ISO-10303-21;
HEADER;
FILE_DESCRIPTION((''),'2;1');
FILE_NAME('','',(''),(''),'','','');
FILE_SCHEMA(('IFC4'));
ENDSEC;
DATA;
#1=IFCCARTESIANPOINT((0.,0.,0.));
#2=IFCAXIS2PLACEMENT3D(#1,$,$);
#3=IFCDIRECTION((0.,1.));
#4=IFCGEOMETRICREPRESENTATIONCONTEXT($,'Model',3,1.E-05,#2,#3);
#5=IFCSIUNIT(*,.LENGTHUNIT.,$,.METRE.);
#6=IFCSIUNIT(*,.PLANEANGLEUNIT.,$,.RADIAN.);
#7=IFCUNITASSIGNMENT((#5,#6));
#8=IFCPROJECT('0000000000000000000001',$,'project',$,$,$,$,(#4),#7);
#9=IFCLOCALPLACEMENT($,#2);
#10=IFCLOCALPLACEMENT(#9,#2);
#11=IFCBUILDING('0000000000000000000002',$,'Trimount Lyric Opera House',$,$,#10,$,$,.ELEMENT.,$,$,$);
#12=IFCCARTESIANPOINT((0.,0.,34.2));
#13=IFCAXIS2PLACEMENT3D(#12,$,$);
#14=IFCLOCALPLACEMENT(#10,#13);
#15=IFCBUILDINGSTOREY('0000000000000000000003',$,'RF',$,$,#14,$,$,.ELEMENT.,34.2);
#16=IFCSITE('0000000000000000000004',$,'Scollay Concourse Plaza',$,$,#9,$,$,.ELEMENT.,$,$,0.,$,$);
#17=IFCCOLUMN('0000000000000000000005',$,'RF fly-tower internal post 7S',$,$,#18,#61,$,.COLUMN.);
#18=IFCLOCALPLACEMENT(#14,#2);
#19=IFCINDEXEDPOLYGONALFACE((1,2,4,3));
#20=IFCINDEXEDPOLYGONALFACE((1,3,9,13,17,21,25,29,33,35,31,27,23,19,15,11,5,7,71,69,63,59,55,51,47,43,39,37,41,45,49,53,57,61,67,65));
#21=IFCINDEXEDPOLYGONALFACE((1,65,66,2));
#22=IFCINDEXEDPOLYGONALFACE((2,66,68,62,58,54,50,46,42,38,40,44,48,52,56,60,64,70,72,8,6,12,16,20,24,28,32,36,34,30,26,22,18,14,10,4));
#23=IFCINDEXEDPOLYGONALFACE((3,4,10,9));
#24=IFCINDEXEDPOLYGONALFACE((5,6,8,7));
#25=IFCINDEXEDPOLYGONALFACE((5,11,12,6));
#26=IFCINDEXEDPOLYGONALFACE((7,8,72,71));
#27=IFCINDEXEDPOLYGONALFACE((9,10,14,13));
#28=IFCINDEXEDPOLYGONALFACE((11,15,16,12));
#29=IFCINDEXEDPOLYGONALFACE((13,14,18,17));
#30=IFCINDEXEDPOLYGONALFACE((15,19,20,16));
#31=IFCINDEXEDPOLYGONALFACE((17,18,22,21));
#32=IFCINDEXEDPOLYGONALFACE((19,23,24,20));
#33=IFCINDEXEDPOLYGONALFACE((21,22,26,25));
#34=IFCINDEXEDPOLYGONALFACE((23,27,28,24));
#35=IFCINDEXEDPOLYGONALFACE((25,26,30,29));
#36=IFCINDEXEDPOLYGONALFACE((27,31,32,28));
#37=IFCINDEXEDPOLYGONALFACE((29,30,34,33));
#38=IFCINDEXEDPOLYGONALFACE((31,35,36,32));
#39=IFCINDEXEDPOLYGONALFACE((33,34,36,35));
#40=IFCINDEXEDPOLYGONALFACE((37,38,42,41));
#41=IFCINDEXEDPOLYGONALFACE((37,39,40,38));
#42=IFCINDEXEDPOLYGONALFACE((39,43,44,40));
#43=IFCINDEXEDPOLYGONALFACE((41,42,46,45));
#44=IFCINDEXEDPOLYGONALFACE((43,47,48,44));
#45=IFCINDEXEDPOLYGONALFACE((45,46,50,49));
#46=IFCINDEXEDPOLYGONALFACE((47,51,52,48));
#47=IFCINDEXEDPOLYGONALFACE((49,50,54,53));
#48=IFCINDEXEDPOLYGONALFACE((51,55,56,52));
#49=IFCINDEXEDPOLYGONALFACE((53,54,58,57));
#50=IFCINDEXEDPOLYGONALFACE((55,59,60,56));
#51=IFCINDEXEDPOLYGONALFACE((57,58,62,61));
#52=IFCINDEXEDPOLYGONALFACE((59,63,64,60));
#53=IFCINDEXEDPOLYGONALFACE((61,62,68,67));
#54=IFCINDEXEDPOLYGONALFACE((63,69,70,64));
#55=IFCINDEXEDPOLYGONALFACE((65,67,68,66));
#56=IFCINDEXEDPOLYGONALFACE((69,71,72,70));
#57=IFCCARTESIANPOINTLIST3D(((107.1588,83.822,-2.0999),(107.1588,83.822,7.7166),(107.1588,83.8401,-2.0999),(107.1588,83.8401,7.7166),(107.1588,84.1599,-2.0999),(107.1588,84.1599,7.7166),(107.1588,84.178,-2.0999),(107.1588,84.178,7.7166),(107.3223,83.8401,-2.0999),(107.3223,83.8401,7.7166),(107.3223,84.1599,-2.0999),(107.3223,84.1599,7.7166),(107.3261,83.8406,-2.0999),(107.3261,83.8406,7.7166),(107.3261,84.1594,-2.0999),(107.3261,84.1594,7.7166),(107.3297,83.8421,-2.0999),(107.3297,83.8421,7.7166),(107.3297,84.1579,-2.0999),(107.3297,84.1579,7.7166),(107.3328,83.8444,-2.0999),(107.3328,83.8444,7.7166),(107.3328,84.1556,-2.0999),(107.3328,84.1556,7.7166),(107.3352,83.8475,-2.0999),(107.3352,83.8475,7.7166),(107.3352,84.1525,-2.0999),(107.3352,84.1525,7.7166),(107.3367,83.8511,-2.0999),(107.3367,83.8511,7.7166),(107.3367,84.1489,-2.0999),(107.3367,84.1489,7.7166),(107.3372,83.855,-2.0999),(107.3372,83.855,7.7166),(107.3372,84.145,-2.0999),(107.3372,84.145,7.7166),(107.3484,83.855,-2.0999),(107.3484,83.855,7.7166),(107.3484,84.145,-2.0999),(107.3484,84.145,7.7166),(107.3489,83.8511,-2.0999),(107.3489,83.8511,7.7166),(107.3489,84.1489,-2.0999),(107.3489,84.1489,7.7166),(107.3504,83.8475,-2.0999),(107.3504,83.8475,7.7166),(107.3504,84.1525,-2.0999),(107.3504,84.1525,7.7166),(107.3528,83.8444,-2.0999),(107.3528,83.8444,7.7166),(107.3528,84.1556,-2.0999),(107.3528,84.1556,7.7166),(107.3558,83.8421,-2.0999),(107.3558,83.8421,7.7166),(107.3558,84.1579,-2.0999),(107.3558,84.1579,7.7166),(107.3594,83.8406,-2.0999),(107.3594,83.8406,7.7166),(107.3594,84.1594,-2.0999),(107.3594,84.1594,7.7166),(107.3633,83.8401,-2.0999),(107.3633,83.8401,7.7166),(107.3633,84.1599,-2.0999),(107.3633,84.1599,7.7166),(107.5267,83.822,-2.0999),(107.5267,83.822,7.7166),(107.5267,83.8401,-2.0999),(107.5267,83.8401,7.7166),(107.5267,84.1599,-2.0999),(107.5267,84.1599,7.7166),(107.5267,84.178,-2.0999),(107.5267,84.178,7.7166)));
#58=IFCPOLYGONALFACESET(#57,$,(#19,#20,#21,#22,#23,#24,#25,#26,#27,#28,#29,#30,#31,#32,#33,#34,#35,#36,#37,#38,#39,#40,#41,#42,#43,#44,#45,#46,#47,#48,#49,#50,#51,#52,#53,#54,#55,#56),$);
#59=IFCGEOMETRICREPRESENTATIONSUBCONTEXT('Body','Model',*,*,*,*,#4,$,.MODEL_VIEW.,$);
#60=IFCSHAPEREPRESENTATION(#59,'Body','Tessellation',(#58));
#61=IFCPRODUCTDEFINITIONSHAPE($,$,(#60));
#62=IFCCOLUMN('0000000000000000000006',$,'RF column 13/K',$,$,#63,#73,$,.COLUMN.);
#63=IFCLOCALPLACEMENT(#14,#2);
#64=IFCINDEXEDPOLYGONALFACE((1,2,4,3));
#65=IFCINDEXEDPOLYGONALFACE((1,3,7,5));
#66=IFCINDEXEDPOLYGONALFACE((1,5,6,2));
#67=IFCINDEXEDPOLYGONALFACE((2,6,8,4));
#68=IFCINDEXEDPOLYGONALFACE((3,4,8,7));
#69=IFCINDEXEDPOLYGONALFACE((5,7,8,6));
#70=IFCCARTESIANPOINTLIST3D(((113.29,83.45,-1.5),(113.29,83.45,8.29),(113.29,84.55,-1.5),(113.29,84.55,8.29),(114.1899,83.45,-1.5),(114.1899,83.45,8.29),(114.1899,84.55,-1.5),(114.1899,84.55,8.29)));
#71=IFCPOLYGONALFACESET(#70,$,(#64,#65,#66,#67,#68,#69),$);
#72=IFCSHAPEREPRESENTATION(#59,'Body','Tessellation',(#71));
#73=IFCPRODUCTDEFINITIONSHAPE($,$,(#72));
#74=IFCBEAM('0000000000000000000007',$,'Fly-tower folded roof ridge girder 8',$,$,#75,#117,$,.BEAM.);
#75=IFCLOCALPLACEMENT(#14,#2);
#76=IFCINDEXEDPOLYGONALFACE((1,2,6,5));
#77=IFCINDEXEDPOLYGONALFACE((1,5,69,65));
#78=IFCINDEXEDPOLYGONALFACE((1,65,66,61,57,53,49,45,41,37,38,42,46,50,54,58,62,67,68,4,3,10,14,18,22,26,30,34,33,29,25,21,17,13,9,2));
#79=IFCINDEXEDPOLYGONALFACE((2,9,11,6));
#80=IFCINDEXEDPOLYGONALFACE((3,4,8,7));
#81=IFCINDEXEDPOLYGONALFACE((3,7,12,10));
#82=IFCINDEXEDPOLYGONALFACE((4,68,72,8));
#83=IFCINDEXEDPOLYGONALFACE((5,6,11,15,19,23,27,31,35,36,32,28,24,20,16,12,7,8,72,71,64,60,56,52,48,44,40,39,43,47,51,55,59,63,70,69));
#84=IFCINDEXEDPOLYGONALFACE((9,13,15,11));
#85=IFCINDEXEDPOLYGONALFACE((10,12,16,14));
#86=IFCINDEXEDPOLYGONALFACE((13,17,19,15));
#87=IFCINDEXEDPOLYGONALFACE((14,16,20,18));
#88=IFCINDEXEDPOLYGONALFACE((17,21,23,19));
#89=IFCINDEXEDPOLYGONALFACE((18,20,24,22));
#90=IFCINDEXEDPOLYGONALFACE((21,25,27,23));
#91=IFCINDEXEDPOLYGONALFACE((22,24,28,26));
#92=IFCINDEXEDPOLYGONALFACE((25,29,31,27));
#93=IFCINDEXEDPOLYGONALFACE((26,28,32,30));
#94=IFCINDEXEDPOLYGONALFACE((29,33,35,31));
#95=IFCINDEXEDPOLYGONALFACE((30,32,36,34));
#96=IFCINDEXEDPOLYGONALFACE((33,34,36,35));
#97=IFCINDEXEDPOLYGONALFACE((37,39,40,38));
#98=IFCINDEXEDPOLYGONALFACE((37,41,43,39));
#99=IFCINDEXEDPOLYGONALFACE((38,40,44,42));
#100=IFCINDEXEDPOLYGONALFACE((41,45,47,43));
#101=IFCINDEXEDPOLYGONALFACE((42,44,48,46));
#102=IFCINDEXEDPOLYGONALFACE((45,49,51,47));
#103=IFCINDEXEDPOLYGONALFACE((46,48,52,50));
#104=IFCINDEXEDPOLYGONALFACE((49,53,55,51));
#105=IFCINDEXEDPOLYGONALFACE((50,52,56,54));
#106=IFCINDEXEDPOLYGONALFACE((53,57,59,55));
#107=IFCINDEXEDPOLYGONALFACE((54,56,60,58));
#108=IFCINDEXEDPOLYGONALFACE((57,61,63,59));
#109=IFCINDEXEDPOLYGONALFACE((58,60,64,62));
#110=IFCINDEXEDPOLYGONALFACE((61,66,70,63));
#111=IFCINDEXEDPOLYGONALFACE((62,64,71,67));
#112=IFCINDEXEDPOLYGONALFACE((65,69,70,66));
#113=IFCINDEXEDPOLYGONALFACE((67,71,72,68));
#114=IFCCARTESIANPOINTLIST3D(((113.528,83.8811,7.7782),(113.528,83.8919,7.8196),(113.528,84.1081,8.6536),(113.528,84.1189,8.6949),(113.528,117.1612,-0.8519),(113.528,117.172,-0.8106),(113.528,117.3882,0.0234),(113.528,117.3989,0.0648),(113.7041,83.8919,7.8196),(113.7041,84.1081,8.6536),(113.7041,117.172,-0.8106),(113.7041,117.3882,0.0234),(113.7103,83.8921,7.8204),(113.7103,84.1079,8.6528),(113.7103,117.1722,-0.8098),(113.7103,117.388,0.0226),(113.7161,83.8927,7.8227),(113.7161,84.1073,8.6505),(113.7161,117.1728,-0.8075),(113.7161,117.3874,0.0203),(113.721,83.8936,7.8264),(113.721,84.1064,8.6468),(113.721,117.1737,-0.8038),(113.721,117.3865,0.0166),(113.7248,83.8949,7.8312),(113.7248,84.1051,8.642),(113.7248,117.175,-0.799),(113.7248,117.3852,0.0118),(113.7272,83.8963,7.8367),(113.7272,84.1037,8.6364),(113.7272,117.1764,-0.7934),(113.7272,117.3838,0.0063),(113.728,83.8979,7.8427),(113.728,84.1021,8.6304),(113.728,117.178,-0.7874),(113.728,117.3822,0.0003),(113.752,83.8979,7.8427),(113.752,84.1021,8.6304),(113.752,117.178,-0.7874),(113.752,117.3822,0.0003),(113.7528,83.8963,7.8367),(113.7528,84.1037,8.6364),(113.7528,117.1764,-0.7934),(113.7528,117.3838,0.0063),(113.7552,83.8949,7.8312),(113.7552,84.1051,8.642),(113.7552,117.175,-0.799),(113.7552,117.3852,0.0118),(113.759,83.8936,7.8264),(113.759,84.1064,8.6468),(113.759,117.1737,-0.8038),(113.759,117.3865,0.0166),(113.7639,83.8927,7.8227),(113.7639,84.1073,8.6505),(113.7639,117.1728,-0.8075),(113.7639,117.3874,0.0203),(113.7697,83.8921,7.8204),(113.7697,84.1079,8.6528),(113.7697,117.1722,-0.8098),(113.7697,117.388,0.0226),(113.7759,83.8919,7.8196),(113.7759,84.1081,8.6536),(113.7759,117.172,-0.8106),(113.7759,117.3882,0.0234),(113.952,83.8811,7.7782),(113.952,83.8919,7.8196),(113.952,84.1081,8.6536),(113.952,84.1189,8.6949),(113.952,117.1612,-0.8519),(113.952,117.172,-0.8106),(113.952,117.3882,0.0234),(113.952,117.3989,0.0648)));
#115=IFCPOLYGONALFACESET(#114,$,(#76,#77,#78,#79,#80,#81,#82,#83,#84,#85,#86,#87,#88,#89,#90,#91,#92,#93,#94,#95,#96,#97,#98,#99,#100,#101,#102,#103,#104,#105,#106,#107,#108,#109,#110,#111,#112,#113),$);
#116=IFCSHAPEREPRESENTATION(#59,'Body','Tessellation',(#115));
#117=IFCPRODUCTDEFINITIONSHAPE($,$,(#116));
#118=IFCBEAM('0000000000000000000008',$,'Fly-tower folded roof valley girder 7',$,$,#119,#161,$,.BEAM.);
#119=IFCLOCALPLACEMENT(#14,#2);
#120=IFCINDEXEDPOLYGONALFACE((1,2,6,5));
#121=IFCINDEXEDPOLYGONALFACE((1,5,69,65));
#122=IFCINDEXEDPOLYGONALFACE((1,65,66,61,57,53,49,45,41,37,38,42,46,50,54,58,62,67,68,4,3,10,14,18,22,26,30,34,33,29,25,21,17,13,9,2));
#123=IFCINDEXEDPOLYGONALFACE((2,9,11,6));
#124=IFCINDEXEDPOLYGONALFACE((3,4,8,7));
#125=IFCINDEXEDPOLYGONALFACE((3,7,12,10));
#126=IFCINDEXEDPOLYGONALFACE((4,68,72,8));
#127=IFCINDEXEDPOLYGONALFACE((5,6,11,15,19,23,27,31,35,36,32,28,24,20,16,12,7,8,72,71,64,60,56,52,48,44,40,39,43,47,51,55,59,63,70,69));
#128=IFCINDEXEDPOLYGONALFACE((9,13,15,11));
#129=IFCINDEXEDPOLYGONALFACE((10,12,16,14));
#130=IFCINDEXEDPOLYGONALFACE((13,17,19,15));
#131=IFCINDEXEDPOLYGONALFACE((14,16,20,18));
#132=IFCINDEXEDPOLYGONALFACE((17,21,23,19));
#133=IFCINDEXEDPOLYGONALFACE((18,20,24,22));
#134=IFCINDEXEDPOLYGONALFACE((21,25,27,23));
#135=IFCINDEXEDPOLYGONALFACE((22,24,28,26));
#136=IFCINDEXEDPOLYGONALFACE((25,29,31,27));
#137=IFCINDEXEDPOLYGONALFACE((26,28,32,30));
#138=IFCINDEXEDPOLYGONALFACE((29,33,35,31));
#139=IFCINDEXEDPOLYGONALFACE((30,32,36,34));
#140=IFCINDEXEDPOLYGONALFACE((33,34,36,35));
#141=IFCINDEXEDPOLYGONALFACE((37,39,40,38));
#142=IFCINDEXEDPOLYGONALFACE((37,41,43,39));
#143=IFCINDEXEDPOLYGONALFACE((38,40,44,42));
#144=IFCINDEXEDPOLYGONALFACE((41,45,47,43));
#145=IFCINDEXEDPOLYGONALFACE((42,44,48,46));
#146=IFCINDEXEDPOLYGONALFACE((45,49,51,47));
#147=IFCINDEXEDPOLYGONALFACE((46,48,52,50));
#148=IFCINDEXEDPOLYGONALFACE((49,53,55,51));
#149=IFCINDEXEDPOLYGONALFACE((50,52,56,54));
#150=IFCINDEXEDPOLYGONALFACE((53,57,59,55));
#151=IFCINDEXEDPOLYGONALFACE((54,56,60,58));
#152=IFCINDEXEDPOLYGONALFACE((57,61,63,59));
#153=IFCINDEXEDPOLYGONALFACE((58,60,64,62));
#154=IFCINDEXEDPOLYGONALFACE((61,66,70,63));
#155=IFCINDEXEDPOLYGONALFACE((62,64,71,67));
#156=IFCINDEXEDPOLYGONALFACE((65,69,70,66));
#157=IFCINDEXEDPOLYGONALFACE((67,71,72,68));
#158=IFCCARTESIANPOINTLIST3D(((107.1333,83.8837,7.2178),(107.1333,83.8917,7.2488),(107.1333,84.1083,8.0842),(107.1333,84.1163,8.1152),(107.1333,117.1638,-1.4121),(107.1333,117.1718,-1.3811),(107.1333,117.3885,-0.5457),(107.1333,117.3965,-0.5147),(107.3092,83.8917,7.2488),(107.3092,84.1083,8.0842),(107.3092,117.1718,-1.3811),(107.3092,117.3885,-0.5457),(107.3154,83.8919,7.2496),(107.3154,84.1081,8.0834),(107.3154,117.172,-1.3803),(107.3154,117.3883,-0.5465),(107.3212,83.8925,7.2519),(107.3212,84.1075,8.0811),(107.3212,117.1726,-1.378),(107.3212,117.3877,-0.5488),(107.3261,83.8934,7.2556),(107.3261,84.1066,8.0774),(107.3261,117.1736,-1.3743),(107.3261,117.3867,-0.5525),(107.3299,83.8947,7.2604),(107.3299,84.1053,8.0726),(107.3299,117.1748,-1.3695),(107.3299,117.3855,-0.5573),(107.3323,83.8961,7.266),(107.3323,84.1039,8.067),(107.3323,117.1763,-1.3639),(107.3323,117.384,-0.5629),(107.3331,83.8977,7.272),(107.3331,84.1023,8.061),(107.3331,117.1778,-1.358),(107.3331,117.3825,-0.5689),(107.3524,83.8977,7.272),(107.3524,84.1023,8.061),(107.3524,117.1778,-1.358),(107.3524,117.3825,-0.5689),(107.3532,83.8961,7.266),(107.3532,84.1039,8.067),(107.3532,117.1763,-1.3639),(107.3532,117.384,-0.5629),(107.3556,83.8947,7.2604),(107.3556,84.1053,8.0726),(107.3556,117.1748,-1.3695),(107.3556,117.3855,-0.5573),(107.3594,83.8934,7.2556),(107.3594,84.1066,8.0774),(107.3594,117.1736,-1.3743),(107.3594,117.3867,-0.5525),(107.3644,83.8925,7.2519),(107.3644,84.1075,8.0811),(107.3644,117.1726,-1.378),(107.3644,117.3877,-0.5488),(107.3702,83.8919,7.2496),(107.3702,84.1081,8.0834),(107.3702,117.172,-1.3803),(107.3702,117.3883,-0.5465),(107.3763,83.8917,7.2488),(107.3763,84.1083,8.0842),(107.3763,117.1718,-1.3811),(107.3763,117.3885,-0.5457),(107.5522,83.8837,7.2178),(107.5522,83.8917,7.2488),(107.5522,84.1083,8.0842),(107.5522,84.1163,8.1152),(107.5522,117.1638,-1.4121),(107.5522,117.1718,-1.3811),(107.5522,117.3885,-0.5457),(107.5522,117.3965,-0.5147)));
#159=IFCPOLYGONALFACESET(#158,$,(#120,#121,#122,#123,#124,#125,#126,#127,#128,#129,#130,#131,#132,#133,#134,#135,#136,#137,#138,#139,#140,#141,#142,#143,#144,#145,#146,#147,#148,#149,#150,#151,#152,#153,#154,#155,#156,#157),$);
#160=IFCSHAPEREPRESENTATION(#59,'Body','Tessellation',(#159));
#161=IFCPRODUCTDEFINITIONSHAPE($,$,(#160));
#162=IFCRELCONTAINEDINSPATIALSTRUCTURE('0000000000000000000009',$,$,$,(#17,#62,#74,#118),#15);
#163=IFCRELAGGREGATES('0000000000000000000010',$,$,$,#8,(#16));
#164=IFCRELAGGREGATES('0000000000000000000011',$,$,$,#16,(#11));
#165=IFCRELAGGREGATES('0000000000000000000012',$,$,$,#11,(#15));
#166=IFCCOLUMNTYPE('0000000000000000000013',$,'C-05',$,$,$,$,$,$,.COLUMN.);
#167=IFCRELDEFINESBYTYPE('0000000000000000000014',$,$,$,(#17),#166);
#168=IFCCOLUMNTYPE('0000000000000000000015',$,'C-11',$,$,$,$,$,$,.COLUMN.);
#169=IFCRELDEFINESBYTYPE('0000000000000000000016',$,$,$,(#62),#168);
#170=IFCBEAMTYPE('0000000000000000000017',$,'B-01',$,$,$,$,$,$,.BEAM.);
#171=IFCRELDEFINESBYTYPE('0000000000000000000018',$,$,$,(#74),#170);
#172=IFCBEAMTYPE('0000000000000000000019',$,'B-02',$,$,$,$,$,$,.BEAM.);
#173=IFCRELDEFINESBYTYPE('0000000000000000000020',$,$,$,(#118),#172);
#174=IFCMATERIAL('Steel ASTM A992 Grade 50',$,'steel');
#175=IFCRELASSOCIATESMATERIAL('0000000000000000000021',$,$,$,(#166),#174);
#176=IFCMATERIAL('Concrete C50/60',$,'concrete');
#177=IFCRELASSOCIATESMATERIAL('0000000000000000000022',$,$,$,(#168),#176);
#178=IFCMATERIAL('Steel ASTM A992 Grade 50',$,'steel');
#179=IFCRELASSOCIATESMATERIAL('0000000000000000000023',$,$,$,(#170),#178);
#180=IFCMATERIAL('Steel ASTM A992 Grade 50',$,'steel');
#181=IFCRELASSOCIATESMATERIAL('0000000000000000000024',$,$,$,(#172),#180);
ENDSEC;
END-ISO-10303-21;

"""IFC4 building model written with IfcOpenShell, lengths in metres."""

from ifc_helpers import new_model, si_unit, direction, frame, origin, origin_2d, place, context, subcontext, project, spatial, rectangle, i_section, extrude, material, material_profile, profile_set, type_object, element, save


model = new_model("IFC4")

# Units and contexts
model_context = context("Model", 3, precision=1e-05, world=origin(), true_north=direction((0.0, 1.0)))
body_context = subcontext(model_context, "Body", "Model", "MODEL_VIEW")
ifc_project = project(units=[si_unit("LENGTHUNIT", "METRE"), si_unit("PLANEANGLEUNIT", "RADIAN")], contexts=[model_context])

# Site, building, storey
site_placement = place(None, origin())
site = spatial("IfcSite", under=ifc_project, at=site_placement, Name="Scollay Concourse Plaza", CompositionType="ELEMENT", RefElevation=0.0)
building_placement = place(site_placement, origin())
building = spatial("IfcBuilding", under=site, at=building_placement, Name="Trimount Lyric Opera House", CompositionType="ELEMENT")
storey_placement = place(building_placement, frame((0.0, 0.0, 34.2)))
storey = spatial("IfcBuildingStorey", under=building, at=storey_placement, Name="RF", CompositionType="ELEMENT", Elevation=34.2)

# Columns
ifc_material_1 = material(Name="Steel ASTM A992 Grade 50", Category="steel")
ifc_material_profile_1 = material_profile(ifc_material_1, i_section(OverallWidth=0.3679, OverallDepth=0.356, WebThickness=0.0112, FlangeThickness=0.0181, FilletRadius=0.0149, at=origin_2d()), Name="W14X90")
ifc_profile_set_1 = profile_set([ifc_material_profile_1], Name="Steel ASTM A992 Grade 50")
column_type_1 = type_object("IfcColumnType", Name="C-05", PredefinedType="COLUMN", material=ifc_profile_set_1)
column_1_placement = place(storey_placement, frame((107.3428, 84.0, -2.0999), z_axis=(0.0, 0.0, 1.0), x_axis=(1.0, 0.0, 0.0)))
element("IfcColumn", 1, at=column_1_placement, inside=storey, type_object=column_type_1, Name="RF fly-tower internal post 7S", PredefinedType="COLUMN", context=body_context, shape_type="SweptSolid", body=[
    extrude(i_section(OverallWidth=0.3679, OverallDepth=0.356, WebThickness=0.0112, FlangeThickness=0.0181, FilletRadius=0.0149, at=origin_2d()), origin(), (0.0, 0.0, 1.0), 9.8164),
])
ifc_material_2 = material(Name="Concrete C50/60", Category="concrete")
ifc_material_profile_2 = material_profile(ifc_material_2, rectangle(XDim=0.8999, YDim=1.1001, at=origin_2d()), Name="RC1100X900")
ifc_profile_set_2 = profile_set([ifc_material_profile_2], Name="Concrete C50/60")
column_type_2 = type_object("IfcColumnType", Name="C-11", PredefinedType="COLUMN", material=ifc_profile_set_2)
column_2_placement = place(storey_placement, frame((113.74, 84.0, -1.5), z_axis=(0.0, 0.0, 1.0), x_axis=(1.0, 0.0, 0.0)))
element("IfcColumn", 2, at=column_2_placement, inside=storey, type_object=column_type_2, Name="RF column 13/K", PredefinedType="COLUMN", context=body_context, shape_type="SweptSolid", body=[
    extrude(rectangle(XDim=0.8999, YDim=1.1001, at=origin_2d()), origin(), (0.0, 0.0, 1.0), 9.79),
])

# Beams
ifc_material_3 = material(Name="Steel ASTM A992 Grade 50", Category="steel")
ifc_material_profile_3 = material_profile(ifc_material_3, i_section(OverallWidth=0.4241, OverallDepth=0.947, WebThickness=0.0239, FlangeThickness=0.0427, FilletRadius=0.0239, at=origin_2d()), Name="W36X302")
ifc_profile_set_3 = profile_set([ifc_material_profile_3], Name="Steel ASTM A992 Grade 50")
beam_type_1 = type_object("IfcBeamType", Name="B-01", PredefinedType="BEAM", material=ifc_profile_set_3)
beam_1_placement = place(storey_placement, frame((113.74, 84.0, 8.2366), z_axis=(0.0, 0.967983, -0.251016), x_axis=(-1.0, 0.0, 0.0)))
element("IfcBeam", 3, at=beam_1_placement, inside=storey, type_object=beam_type_1, Name="Fly-tower folded roof ridge girder 8", PredefinedType="BEAM", context=body_context, shape_type="SweptSolid", body=[
    extrude(i_section(OverallWidth=0.4241, OverallDepth=0.947, WebThickness=0.0239, FlangeThickness=0.0427, FilletRadius=0.0239, at=origin_2d()), origin(), (0.0, 0.0, 1.0), 34.3809),
])
ifc_material_4 = material(Name="Steel ASTM A992 Grade 50", Category="steel")
ifc_material_profile_4 = material_profile(ifc_material_4, i_section(OverallWidth=0.4189, OverallDepth=0.927, WebThickness=0.0193, FlangeThickness=0.032, FilletRadius=0.0239, at=origin_2d()), Name="W36X231")
ifc_profile_set_4 = profile_set([ifc_material_profile_4], Name="Steel ASTM A992 Grade 50")
beam_type_2 = type_object("IfcBeamType", Name="B-02", PredefinedType="BEAM", material=ifc_profile_set_4)
beam_2_placement = place(storey_placement, frame((107.3428, 84.0, 7.6665), z_axis=(0.0, 0.967985, -0.251009), x_axis=(-1.0, 0.0, 0.0)))
element("IfcBeam", 4, at=beam_2_placement, inside=storey, type_object=beam_type_2, Name="Fly-tower folded roof valley girder 7", PredefinedType="BEAM", context=body_context, shape_type="SweptSolid", body=[
    extrude(i_section(OverallWidth=0.4189, OverallDepth=0.927, WebThickness=0.0193, FlangeThickness=0.032, FilletRadius=0.0239, at=origin_2d()), origin(), (0.0, 0.0, 1.0), 34.3809),
])

save(model, "model.ifc")
